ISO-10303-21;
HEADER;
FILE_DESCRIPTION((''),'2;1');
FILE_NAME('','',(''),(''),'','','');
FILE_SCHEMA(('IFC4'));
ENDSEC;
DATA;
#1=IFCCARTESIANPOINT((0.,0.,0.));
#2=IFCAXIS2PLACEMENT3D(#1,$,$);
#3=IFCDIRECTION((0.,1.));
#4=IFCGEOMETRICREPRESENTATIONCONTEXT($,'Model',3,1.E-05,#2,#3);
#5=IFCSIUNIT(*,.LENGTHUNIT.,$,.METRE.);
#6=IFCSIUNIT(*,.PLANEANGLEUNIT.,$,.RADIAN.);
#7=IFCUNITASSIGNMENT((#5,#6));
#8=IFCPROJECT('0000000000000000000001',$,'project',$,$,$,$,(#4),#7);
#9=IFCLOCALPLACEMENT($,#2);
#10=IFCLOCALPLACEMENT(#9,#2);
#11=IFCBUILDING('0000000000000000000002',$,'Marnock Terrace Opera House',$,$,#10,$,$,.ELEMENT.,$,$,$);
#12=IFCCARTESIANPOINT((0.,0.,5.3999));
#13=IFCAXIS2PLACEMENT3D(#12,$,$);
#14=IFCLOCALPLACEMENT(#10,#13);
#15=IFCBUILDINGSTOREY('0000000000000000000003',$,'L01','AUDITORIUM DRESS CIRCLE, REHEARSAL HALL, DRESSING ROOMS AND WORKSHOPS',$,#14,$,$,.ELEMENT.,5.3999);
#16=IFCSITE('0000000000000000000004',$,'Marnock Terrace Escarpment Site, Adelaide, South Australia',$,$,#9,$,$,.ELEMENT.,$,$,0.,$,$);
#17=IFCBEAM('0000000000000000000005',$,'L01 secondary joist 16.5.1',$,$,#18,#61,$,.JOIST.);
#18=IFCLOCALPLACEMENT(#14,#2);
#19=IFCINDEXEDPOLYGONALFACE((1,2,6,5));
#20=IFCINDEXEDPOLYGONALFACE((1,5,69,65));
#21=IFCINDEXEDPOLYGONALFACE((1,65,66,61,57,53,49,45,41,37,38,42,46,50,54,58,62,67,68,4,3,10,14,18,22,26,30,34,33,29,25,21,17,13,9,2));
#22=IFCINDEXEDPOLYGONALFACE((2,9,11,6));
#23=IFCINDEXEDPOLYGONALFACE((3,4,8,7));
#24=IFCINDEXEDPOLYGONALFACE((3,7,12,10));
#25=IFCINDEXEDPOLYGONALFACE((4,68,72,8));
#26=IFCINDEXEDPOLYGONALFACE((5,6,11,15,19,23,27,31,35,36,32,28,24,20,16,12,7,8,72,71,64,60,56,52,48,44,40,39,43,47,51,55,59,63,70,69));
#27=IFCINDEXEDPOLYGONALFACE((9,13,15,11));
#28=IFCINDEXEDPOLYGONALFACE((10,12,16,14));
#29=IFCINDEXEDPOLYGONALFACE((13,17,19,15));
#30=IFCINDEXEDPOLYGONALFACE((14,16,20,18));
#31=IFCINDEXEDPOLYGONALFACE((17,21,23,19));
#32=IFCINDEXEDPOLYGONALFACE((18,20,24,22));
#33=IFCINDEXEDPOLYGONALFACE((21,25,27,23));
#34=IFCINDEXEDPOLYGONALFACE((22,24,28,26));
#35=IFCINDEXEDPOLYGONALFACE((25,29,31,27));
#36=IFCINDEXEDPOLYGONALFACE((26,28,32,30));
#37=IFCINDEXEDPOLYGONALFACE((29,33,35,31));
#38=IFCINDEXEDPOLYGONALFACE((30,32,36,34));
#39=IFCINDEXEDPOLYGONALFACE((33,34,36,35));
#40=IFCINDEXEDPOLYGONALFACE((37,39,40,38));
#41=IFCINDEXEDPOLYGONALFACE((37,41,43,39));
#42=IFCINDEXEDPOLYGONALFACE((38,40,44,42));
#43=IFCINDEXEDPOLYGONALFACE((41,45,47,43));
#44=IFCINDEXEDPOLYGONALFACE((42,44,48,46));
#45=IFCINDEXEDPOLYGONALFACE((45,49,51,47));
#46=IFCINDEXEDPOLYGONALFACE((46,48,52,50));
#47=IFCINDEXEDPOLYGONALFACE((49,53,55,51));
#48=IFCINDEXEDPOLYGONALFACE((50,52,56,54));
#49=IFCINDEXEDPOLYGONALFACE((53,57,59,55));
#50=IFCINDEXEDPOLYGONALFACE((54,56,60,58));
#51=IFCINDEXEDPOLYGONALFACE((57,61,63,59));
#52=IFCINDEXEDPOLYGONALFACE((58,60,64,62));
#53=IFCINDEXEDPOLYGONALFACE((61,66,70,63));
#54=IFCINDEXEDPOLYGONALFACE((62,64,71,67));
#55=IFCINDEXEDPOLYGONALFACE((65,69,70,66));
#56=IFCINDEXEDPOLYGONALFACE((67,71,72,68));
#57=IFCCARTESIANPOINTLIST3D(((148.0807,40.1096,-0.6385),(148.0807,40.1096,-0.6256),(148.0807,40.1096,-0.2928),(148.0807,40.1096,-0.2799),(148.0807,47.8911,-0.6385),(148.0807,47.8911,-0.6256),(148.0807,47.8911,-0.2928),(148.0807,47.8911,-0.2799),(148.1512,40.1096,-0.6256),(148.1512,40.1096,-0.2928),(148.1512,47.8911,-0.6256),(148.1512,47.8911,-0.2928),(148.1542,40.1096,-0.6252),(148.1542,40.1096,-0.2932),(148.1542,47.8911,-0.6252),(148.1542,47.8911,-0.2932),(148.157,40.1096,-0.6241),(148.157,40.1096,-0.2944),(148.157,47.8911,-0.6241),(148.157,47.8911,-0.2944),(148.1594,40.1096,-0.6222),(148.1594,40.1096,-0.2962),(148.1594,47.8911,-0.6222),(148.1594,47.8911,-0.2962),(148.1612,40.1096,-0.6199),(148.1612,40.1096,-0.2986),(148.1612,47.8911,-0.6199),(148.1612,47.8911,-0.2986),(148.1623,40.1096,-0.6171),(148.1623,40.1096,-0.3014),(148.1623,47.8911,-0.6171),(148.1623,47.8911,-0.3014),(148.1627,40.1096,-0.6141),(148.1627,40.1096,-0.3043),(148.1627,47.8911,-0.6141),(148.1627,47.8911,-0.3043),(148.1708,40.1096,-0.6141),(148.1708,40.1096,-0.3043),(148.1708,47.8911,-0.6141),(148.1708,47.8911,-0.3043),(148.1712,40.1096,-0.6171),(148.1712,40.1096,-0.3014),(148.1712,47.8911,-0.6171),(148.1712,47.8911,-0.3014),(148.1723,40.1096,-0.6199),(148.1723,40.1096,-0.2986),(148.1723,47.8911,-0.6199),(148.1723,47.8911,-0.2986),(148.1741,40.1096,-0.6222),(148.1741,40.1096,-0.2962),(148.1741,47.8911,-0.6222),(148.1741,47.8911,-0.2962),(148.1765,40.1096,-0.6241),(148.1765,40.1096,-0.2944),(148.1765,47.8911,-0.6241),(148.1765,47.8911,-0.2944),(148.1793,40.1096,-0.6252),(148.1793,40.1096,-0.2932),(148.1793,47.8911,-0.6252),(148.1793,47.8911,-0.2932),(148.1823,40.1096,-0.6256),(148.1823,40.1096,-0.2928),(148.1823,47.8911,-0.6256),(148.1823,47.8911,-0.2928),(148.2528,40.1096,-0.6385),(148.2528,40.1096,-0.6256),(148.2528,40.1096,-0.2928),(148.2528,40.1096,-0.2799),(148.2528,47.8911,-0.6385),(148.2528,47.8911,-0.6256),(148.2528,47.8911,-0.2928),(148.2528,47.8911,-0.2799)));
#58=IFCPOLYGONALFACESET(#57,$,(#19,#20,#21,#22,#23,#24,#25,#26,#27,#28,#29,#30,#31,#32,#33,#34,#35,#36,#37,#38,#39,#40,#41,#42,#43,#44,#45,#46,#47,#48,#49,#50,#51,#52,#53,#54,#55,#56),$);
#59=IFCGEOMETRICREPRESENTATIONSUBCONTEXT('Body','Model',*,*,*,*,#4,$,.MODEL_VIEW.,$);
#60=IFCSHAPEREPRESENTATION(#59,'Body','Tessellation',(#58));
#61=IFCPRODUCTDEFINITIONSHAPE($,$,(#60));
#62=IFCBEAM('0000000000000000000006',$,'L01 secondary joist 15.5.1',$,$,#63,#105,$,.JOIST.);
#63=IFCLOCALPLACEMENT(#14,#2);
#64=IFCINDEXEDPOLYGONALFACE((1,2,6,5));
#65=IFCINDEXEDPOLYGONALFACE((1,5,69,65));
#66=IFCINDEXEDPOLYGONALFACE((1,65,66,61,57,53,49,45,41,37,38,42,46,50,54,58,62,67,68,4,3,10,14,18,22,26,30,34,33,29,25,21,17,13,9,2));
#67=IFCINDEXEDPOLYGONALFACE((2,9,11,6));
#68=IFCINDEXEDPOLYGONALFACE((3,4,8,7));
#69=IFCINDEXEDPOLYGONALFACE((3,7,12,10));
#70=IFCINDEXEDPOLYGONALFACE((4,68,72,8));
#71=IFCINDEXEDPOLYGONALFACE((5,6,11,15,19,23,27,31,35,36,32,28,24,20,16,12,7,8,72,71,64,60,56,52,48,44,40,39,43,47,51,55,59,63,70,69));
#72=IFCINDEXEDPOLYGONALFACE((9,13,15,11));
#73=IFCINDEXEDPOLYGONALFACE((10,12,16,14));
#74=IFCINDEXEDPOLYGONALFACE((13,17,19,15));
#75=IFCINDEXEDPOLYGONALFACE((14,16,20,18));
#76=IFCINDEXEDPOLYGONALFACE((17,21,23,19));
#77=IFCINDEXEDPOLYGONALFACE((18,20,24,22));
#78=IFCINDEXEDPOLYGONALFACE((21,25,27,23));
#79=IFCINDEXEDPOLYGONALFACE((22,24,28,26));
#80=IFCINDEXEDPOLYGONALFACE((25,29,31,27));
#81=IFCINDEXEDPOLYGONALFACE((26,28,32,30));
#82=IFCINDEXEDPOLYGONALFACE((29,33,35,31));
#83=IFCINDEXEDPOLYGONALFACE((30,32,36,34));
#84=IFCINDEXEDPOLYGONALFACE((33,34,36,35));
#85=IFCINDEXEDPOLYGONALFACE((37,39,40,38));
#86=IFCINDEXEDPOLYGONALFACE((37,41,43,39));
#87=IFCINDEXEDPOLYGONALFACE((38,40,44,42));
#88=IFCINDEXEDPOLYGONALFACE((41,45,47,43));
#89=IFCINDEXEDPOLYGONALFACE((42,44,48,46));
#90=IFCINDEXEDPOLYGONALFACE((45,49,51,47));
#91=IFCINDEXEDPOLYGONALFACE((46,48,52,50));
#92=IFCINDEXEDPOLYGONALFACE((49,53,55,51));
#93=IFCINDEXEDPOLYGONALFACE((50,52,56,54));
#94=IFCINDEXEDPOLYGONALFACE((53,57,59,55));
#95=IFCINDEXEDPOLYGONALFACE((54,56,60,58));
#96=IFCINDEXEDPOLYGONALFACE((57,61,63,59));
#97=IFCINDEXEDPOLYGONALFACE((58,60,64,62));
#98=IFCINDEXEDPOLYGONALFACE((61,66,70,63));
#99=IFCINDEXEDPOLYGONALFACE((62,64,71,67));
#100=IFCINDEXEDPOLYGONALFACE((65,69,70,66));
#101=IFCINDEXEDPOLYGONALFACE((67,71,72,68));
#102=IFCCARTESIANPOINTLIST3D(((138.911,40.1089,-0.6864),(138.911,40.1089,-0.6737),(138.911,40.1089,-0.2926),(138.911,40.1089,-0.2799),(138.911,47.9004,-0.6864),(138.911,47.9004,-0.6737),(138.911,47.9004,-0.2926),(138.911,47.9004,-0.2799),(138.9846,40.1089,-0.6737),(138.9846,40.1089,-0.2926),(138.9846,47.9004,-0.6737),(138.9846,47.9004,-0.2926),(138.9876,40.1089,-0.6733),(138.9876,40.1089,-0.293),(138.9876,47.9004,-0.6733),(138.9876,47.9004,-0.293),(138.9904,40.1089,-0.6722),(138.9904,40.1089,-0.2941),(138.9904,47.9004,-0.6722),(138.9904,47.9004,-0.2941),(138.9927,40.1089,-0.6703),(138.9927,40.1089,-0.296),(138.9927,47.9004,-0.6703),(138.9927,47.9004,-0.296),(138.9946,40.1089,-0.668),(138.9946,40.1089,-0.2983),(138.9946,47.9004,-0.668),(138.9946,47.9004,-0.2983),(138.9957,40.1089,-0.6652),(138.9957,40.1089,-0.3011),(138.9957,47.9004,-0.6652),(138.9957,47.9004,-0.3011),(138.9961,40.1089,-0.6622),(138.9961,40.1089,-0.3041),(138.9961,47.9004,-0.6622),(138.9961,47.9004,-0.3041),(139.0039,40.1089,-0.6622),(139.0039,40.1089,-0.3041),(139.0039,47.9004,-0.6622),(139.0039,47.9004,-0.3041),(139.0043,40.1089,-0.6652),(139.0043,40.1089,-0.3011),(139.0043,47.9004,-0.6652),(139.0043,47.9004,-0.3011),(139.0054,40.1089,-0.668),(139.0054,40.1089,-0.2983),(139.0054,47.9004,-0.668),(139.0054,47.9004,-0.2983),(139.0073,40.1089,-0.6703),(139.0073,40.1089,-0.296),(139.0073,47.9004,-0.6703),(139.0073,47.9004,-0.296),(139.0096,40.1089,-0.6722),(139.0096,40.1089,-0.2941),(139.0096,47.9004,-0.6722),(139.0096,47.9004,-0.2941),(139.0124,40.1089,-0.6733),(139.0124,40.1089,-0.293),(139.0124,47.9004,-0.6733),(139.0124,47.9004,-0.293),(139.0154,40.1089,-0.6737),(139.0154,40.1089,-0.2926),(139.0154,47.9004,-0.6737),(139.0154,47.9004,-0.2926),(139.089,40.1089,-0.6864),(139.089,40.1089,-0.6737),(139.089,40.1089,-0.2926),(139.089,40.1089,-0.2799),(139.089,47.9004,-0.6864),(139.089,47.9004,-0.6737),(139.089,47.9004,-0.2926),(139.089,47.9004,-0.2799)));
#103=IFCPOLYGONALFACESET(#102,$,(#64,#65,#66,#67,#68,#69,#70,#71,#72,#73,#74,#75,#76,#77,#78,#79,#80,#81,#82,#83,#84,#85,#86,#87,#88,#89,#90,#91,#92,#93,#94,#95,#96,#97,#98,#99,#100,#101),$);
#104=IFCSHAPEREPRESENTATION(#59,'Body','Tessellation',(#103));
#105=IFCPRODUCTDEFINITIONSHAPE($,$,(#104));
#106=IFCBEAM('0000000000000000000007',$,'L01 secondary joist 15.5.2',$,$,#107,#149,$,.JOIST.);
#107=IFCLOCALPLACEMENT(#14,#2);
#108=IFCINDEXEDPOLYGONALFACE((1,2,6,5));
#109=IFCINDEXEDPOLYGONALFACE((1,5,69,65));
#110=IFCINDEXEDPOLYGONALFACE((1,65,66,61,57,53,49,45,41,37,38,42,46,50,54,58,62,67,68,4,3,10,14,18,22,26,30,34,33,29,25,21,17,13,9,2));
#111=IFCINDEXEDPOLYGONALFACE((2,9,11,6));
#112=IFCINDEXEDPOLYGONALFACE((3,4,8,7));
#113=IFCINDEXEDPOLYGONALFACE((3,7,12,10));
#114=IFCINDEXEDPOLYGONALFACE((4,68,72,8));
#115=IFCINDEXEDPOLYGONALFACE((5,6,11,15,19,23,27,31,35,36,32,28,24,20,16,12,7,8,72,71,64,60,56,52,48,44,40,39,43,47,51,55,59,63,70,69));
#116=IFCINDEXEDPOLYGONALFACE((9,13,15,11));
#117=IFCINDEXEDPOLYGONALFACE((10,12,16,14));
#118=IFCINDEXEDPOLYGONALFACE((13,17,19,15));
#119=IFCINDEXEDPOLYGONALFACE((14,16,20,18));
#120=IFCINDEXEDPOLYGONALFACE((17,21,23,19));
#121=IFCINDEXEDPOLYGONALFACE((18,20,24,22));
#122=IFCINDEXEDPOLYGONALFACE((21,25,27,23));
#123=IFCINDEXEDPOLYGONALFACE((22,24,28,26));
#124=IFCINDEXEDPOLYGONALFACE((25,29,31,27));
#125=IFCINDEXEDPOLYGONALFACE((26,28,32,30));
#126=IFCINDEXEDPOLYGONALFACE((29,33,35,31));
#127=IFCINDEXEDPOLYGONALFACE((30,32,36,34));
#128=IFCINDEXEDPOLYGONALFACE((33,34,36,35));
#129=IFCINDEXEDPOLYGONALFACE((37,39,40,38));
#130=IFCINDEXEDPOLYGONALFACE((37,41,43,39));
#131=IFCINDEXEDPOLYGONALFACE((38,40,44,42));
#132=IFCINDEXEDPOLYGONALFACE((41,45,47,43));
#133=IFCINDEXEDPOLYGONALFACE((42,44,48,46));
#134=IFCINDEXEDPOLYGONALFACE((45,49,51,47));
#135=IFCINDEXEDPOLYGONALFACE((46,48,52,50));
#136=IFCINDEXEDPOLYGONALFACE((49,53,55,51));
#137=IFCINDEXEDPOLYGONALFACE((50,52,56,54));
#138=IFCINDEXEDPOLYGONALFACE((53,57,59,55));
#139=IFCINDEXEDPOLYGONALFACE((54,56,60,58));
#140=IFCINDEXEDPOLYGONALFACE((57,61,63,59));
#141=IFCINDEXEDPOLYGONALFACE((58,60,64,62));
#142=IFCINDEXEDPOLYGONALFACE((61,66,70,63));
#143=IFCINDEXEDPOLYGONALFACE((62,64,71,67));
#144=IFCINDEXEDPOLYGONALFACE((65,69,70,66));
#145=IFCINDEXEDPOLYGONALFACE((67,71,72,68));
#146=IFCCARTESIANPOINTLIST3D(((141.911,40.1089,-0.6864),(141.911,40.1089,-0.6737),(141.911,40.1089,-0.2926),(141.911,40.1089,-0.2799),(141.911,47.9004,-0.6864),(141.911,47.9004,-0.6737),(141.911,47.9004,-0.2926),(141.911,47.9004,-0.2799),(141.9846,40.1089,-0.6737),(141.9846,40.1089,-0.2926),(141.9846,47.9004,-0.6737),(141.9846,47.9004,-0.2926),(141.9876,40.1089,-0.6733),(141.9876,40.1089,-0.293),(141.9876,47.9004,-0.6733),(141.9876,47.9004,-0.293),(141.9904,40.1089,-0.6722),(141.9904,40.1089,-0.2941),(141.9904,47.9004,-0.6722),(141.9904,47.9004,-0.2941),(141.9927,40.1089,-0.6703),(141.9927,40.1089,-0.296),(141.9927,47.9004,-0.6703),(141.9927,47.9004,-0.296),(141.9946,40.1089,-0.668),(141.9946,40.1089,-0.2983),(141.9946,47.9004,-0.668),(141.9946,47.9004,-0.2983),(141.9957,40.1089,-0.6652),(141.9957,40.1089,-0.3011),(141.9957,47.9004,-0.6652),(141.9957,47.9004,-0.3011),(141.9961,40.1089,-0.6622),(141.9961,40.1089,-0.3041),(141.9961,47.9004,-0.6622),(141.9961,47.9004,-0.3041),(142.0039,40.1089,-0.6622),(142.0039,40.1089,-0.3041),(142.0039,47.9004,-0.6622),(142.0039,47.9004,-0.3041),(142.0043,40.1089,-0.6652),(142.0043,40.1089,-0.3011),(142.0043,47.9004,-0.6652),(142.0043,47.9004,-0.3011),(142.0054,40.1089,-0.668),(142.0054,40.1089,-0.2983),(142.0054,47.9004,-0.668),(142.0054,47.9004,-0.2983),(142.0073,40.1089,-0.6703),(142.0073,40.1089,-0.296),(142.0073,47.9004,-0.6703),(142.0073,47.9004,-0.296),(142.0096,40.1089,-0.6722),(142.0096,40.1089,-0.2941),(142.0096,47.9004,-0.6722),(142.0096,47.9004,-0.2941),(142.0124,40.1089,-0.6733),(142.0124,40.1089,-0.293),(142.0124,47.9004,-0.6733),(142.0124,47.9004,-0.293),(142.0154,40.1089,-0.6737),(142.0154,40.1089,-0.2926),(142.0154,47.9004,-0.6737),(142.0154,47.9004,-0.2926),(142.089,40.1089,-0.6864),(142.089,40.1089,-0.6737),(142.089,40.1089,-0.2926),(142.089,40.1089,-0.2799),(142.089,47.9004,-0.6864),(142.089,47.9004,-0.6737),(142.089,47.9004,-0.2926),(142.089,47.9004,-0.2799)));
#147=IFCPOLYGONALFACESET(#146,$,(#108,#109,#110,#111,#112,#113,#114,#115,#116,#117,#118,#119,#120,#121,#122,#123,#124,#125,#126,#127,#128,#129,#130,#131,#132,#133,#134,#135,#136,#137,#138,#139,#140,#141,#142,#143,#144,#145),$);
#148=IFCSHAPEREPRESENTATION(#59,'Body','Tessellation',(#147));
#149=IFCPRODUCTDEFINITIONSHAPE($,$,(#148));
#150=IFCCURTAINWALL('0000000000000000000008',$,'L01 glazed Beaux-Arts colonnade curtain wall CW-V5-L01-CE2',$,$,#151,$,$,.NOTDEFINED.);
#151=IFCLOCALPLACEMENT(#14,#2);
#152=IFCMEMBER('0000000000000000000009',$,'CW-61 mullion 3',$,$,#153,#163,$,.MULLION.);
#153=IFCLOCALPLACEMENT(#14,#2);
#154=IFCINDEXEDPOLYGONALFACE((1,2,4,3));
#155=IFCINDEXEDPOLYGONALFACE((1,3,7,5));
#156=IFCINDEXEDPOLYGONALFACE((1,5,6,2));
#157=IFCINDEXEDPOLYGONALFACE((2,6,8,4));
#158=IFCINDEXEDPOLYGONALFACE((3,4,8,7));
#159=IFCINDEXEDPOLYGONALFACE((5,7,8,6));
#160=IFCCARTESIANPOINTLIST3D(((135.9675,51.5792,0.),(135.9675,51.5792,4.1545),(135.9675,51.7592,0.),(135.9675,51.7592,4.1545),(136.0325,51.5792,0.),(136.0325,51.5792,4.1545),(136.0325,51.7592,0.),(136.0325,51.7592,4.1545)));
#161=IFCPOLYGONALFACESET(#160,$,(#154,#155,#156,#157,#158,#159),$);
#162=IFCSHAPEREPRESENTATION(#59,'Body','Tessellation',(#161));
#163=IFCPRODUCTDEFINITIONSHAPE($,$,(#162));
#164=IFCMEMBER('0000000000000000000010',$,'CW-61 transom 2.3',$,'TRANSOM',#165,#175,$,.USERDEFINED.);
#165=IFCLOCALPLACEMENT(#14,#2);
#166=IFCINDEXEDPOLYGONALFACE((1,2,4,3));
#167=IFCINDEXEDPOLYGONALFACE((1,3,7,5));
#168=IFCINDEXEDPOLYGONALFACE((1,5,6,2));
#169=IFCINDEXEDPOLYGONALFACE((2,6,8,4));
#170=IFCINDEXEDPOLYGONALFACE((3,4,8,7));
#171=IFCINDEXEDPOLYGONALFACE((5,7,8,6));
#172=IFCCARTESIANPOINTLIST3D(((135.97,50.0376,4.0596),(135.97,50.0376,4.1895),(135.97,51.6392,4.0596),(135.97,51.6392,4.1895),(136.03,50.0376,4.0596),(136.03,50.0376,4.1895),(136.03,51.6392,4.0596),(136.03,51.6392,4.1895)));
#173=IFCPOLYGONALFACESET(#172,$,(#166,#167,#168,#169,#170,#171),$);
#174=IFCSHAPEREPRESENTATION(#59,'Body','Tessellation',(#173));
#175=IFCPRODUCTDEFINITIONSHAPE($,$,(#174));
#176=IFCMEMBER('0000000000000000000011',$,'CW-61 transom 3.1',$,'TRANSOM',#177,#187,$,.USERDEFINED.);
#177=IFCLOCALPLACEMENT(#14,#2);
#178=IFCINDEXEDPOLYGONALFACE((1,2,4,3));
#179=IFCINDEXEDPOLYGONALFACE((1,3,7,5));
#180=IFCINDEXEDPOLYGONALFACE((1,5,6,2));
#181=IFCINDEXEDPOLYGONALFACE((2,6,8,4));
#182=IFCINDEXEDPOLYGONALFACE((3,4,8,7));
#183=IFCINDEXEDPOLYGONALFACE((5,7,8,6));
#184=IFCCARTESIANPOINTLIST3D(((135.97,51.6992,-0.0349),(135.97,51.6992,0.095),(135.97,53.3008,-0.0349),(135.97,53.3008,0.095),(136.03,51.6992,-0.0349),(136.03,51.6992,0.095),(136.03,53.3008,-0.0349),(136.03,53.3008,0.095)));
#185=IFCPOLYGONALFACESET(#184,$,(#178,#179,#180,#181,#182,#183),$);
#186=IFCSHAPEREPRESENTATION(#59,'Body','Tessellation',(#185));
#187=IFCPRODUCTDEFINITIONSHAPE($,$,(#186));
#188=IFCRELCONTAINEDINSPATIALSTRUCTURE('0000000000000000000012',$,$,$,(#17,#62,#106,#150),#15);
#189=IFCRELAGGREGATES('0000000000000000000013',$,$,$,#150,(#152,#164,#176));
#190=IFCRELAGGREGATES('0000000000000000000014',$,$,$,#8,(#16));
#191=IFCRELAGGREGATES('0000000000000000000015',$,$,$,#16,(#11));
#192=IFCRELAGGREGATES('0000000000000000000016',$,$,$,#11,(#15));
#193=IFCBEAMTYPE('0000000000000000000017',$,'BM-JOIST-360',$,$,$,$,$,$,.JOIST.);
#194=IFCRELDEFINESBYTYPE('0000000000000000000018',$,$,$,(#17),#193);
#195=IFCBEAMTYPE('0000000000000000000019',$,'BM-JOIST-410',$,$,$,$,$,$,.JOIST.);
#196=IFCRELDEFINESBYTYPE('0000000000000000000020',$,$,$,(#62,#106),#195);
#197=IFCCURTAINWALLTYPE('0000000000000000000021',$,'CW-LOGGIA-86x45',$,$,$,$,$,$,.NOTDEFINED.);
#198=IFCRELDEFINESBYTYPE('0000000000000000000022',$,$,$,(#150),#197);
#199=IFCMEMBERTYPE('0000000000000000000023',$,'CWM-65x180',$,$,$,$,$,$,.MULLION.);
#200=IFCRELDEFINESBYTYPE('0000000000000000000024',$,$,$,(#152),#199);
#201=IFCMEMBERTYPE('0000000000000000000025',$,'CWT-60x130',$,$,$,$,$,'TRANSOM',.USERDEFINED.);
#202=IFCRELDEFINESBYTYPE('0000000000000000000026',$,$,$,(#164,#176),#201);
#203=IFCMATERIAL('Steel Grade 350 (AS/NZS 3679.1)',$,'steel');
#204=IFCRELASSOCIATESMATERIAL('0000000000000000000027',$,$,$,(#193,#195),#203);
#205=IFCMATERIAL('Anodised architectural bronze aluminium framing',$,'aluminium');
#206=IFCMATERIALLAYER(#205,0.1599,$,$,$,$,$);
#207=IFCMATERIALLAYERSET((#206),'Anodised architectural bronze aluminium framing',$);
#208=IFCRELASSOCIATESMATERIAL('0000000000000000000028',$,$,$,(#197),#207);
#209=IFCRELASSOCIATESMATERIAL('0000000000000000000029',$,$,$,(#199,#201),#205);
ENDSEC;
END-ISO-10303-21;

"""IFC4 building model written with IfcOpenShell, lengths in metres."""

from ifc_helpers import new_model, si_unit, direction, frame, origin, origin_2d, place, context, subcontext, project, spatial, rectangle, i_section, extrude, material, layer, layer_set, material_profile, profile_set, type_object, element, aggregate, save


model = new_model("IFC4")

# Units and contexts
model_context = context("Model", 3, precision=1e-05, world=origin(), true_north=direction((0.0, 1.0)))
body_context = subcontext(model_context, "Body", "Model", "MODEL_VIEW")
ifc_project = project(units=[si_unit("LENGTHUNIT", "METRE"), si_unit("PLANEANGLEUNIT", "RADIAN")], contexts=[model_context])

# Site, building, storey
site_placement = place(None, origin())
site = spatial("IfcSite", under=ifc_project, at=site_placement, Name="Marnock Terrace Escarpment Site, Adelaide, South Australia", CompositionType="ELEMENT", RefElevation=0.0)
building_placement = place(site_placement, origin())
building = spatial("IfcBuilding", under=site, at=building_placement, Name="Marnock Terrace Opera House", CompositionType="ELEMENT")
storey_placement = place(building_placement, frame((0.0, 0.0, 5.3999)))
storey = spatial("IfcBuildingStorey", under=building, at=storey_placement, Name="L01", Description="AUDITORIUM DRESS CIRCLE, REHEARSAL HALL, DRESSING ROOMS AND WORKSHOPS", CompositionType="ELEMENT", Elevation=5.3999)

# Beams
ifc_material_1 = material(Name="Steel Grade 350 (AS/NZS 3679.1)", Category="steel")
ifc_material_profile_1 = material_profile(ifc_material_1, i_section(OverallWidth=0.1721, OverallDepth=0.3586, WebThickness=0.0081, FlangeThickness=0.0129, FilletRadius=0.0115, at=origin_2d()))
ifc_profile_set_1 = profile_set([ifc_material_profile_1], Name="Steel Grade 350 (AS/NZS 3679.1)")
beam_type_1 = type_object("IfcBeamType", Name="BM-JOIST-360", PredefinedType="JOIST", material=ifc_profile_set_1)
beam_1_placement = place(storey_placement, frame((148.1667, 40.1096, -0.4592), z_axis=(0.0, 1.0, 0.0), x_axis=(-1.0, 0.0, 0.0)))
element("IfcBeam", 1, at=beam_1_placement, inside=storey, type_object=beam_type_1, Name="L01 secondary joist 16.5.1", PredefinedType="JOIST", context=body_context, shape_type="SweptSolid", body=[
    extrude(i_section(OverallWidth=0.1721, OverallDepth=0.3586, WebThickness=0.0081, FlangeThickness=0.0129, FilletRadius=0.0115, at=origin_2d()), origin(), (0.0, 0.0, 1.0), 7.7815),
])
ifc_material_profile_2 = material_profile(ifc_material_1, i_section(OverallWidth=0.178, OverallDepth=0.4065, WebThickness=0.0078, FlangeThickness=0.0127, FilletRadius=0.0115, at=origin_2d()))
ifc_profile_set_2 = profile_set([ifc_material_profile_2], Name="Steel Grade 350 (AS/NZS 3679.1)")
beam_type_2 = type_object("IfcBeamType", Name="BM-JOIST-410", PredefinedType="JOIST", material=ifc_profile_set_2)
for number, where, z_axis, x_axis, name in (
    (2, (139.0, 40.1089, -0.4832), (0.0, 1.0, 0.0), (-1.0, 0.0, 0.0), "L01 secondary joist 15.5.1"),
    (3, (142.0, 40.1089, -0.4832), (0.0, 1.0, 0.0), (-1.0, 0.0, 0.0), "L01 secondary joist 15.5.2"),
):
    element("IfcBeam", number, at=place(storey_placement, frame(where, z_axis=z_axis, x_axis=x_axis)), inside=storey, type_object=beam_type_2, Name=name, PredefinedType="JOIST", context=body_context, shape_type="SweptSolid", body=[
        extrude(i_section(OverallWidth=0.178, OverallDepth=0.4065, WebThickness=0.0078, FlangeThickness=0.0127, FilletRadius=0.0115, at=origin_2d()), origin(), (0.0, 0.0, 1.0), 7.7915),
    ])

# Curtain wall, members
ifc_material_2 = material(Name="Anodised architectural bronze aluminium framing", Category="aluminium")
ifc_layer_1 = layer(ifc_material_2, 0.1599)
ifc_layer_set_1 = layer_set([ifc_layer_1], Name="Anodised architectural bronze aluminium framing")
curtain_wall_type = type_object("IfcCurtainWallType", Name="CW-LOGGIA-86x45", PredefinedType="NOTDEFINED", material=ifc_layer_set_1)
curtain_wall_placement = place(storey_placement, origin())
curtain_wall = element("IfcCurtainWall", 4, at=curtain_wall_placement, inside=storey, type_object=curtain_wall_type, Name="L01 glazed Beaux-Arts colonnade curtain wall CW-V5-L01-CE2", PredefinedType="NOTDEFINED")
ifc_material_profile_3 = material_profile(ifc_material_2, rectangle(XDim=0.0649, YDim=0.1799, at=origin_2d()))
ifc_profile_set_3 = profile_set([ifc_material_profile_3], Name="Anodised architectural bronze aluminium framing")
member_type_1 = type_object("IfcMemberType", Name="CWM-65x180", PredefinedType="MULLION", material=ifc_profile_set_3)
member_1_placement = place(storey_placement, frame((136.0, 51.6692, 0.0), z_axis=(0.0, 0.0, 1.0), x_axis=(-1.0, 0.0, 0.0)))
member_1 = element("IfcMember", 5, at=member_1_placement, type_object=member_type_1, Name="CW-61 mullion 3", PredefinedType="MULLION", context=body_context, shape_type="SweptSolid", body=[
    extrude(rectangle(XDim=0.0649, YDim=0.1799, at=origin_2d()), origin(), (0.0, 0.0, 1.0), 4.1545),
])
ifc_material_profile_4 = material_profile(ifc_material_2, rectangle(XDim=0.0601, YDim=0.1299, at=origin_2d()))
ifc_profile_set_4 = profile_set([ifc_material_profile_4], Name="Anodised architectural bronze aluminium framing")
member_type_2 = type_object("IfcMemberType", Name="CWT-60x130", ElementType="TRANSOM", PredefinedType="USERDEFINED", material=ifc_profile_set_4)
member_2_placement = place(storey_placement, frame((136.0, 50.0376, 4.1245), z_axis=(0.0, 1.0, 0.0), x_axis=(-1.0, 0.0, 0.0)))
member_2 = element("IfcMember", 6, at=member_2_placement, type_object=member_type_2, Name="CW-61 transom 2.3", ObjectType="TRANSOM", PredefinedType="USERDEFINED", context=body_context, shape_type="SweptSolid", body=[
    extrude(rectangle(XDim=0.0601, YDim=0.1299, at=origin_2d()), origin(), (0.0, 0.0, 1.0), 1.6016),
])
member_3_placement = place(storey_placement, frame((136.0, 51.6992, 0.03), z_axis=(0.0, 1.0, 0.0), x_axis=(-1.0, 0.0, 0.0)))
member_3 = element("IfcMember", 7, at=member_3_placement, type_object=member_type_2, Name="CW-61 transom 3.1", ObjectType="TRANSOM", PredefinedType="USERDEFINED", context=body_context, shape_type="SweptSolid", body=[
    extrude(rectangle(XDim=0.0601, YDim=0.1299, at=origin_2d()), origin(), (0.0, 0.0, 1.0), 1.6016),
])
aggregate(curtain_wall, [member_1, member_2, member_3])

save(model, "model.ifc")
